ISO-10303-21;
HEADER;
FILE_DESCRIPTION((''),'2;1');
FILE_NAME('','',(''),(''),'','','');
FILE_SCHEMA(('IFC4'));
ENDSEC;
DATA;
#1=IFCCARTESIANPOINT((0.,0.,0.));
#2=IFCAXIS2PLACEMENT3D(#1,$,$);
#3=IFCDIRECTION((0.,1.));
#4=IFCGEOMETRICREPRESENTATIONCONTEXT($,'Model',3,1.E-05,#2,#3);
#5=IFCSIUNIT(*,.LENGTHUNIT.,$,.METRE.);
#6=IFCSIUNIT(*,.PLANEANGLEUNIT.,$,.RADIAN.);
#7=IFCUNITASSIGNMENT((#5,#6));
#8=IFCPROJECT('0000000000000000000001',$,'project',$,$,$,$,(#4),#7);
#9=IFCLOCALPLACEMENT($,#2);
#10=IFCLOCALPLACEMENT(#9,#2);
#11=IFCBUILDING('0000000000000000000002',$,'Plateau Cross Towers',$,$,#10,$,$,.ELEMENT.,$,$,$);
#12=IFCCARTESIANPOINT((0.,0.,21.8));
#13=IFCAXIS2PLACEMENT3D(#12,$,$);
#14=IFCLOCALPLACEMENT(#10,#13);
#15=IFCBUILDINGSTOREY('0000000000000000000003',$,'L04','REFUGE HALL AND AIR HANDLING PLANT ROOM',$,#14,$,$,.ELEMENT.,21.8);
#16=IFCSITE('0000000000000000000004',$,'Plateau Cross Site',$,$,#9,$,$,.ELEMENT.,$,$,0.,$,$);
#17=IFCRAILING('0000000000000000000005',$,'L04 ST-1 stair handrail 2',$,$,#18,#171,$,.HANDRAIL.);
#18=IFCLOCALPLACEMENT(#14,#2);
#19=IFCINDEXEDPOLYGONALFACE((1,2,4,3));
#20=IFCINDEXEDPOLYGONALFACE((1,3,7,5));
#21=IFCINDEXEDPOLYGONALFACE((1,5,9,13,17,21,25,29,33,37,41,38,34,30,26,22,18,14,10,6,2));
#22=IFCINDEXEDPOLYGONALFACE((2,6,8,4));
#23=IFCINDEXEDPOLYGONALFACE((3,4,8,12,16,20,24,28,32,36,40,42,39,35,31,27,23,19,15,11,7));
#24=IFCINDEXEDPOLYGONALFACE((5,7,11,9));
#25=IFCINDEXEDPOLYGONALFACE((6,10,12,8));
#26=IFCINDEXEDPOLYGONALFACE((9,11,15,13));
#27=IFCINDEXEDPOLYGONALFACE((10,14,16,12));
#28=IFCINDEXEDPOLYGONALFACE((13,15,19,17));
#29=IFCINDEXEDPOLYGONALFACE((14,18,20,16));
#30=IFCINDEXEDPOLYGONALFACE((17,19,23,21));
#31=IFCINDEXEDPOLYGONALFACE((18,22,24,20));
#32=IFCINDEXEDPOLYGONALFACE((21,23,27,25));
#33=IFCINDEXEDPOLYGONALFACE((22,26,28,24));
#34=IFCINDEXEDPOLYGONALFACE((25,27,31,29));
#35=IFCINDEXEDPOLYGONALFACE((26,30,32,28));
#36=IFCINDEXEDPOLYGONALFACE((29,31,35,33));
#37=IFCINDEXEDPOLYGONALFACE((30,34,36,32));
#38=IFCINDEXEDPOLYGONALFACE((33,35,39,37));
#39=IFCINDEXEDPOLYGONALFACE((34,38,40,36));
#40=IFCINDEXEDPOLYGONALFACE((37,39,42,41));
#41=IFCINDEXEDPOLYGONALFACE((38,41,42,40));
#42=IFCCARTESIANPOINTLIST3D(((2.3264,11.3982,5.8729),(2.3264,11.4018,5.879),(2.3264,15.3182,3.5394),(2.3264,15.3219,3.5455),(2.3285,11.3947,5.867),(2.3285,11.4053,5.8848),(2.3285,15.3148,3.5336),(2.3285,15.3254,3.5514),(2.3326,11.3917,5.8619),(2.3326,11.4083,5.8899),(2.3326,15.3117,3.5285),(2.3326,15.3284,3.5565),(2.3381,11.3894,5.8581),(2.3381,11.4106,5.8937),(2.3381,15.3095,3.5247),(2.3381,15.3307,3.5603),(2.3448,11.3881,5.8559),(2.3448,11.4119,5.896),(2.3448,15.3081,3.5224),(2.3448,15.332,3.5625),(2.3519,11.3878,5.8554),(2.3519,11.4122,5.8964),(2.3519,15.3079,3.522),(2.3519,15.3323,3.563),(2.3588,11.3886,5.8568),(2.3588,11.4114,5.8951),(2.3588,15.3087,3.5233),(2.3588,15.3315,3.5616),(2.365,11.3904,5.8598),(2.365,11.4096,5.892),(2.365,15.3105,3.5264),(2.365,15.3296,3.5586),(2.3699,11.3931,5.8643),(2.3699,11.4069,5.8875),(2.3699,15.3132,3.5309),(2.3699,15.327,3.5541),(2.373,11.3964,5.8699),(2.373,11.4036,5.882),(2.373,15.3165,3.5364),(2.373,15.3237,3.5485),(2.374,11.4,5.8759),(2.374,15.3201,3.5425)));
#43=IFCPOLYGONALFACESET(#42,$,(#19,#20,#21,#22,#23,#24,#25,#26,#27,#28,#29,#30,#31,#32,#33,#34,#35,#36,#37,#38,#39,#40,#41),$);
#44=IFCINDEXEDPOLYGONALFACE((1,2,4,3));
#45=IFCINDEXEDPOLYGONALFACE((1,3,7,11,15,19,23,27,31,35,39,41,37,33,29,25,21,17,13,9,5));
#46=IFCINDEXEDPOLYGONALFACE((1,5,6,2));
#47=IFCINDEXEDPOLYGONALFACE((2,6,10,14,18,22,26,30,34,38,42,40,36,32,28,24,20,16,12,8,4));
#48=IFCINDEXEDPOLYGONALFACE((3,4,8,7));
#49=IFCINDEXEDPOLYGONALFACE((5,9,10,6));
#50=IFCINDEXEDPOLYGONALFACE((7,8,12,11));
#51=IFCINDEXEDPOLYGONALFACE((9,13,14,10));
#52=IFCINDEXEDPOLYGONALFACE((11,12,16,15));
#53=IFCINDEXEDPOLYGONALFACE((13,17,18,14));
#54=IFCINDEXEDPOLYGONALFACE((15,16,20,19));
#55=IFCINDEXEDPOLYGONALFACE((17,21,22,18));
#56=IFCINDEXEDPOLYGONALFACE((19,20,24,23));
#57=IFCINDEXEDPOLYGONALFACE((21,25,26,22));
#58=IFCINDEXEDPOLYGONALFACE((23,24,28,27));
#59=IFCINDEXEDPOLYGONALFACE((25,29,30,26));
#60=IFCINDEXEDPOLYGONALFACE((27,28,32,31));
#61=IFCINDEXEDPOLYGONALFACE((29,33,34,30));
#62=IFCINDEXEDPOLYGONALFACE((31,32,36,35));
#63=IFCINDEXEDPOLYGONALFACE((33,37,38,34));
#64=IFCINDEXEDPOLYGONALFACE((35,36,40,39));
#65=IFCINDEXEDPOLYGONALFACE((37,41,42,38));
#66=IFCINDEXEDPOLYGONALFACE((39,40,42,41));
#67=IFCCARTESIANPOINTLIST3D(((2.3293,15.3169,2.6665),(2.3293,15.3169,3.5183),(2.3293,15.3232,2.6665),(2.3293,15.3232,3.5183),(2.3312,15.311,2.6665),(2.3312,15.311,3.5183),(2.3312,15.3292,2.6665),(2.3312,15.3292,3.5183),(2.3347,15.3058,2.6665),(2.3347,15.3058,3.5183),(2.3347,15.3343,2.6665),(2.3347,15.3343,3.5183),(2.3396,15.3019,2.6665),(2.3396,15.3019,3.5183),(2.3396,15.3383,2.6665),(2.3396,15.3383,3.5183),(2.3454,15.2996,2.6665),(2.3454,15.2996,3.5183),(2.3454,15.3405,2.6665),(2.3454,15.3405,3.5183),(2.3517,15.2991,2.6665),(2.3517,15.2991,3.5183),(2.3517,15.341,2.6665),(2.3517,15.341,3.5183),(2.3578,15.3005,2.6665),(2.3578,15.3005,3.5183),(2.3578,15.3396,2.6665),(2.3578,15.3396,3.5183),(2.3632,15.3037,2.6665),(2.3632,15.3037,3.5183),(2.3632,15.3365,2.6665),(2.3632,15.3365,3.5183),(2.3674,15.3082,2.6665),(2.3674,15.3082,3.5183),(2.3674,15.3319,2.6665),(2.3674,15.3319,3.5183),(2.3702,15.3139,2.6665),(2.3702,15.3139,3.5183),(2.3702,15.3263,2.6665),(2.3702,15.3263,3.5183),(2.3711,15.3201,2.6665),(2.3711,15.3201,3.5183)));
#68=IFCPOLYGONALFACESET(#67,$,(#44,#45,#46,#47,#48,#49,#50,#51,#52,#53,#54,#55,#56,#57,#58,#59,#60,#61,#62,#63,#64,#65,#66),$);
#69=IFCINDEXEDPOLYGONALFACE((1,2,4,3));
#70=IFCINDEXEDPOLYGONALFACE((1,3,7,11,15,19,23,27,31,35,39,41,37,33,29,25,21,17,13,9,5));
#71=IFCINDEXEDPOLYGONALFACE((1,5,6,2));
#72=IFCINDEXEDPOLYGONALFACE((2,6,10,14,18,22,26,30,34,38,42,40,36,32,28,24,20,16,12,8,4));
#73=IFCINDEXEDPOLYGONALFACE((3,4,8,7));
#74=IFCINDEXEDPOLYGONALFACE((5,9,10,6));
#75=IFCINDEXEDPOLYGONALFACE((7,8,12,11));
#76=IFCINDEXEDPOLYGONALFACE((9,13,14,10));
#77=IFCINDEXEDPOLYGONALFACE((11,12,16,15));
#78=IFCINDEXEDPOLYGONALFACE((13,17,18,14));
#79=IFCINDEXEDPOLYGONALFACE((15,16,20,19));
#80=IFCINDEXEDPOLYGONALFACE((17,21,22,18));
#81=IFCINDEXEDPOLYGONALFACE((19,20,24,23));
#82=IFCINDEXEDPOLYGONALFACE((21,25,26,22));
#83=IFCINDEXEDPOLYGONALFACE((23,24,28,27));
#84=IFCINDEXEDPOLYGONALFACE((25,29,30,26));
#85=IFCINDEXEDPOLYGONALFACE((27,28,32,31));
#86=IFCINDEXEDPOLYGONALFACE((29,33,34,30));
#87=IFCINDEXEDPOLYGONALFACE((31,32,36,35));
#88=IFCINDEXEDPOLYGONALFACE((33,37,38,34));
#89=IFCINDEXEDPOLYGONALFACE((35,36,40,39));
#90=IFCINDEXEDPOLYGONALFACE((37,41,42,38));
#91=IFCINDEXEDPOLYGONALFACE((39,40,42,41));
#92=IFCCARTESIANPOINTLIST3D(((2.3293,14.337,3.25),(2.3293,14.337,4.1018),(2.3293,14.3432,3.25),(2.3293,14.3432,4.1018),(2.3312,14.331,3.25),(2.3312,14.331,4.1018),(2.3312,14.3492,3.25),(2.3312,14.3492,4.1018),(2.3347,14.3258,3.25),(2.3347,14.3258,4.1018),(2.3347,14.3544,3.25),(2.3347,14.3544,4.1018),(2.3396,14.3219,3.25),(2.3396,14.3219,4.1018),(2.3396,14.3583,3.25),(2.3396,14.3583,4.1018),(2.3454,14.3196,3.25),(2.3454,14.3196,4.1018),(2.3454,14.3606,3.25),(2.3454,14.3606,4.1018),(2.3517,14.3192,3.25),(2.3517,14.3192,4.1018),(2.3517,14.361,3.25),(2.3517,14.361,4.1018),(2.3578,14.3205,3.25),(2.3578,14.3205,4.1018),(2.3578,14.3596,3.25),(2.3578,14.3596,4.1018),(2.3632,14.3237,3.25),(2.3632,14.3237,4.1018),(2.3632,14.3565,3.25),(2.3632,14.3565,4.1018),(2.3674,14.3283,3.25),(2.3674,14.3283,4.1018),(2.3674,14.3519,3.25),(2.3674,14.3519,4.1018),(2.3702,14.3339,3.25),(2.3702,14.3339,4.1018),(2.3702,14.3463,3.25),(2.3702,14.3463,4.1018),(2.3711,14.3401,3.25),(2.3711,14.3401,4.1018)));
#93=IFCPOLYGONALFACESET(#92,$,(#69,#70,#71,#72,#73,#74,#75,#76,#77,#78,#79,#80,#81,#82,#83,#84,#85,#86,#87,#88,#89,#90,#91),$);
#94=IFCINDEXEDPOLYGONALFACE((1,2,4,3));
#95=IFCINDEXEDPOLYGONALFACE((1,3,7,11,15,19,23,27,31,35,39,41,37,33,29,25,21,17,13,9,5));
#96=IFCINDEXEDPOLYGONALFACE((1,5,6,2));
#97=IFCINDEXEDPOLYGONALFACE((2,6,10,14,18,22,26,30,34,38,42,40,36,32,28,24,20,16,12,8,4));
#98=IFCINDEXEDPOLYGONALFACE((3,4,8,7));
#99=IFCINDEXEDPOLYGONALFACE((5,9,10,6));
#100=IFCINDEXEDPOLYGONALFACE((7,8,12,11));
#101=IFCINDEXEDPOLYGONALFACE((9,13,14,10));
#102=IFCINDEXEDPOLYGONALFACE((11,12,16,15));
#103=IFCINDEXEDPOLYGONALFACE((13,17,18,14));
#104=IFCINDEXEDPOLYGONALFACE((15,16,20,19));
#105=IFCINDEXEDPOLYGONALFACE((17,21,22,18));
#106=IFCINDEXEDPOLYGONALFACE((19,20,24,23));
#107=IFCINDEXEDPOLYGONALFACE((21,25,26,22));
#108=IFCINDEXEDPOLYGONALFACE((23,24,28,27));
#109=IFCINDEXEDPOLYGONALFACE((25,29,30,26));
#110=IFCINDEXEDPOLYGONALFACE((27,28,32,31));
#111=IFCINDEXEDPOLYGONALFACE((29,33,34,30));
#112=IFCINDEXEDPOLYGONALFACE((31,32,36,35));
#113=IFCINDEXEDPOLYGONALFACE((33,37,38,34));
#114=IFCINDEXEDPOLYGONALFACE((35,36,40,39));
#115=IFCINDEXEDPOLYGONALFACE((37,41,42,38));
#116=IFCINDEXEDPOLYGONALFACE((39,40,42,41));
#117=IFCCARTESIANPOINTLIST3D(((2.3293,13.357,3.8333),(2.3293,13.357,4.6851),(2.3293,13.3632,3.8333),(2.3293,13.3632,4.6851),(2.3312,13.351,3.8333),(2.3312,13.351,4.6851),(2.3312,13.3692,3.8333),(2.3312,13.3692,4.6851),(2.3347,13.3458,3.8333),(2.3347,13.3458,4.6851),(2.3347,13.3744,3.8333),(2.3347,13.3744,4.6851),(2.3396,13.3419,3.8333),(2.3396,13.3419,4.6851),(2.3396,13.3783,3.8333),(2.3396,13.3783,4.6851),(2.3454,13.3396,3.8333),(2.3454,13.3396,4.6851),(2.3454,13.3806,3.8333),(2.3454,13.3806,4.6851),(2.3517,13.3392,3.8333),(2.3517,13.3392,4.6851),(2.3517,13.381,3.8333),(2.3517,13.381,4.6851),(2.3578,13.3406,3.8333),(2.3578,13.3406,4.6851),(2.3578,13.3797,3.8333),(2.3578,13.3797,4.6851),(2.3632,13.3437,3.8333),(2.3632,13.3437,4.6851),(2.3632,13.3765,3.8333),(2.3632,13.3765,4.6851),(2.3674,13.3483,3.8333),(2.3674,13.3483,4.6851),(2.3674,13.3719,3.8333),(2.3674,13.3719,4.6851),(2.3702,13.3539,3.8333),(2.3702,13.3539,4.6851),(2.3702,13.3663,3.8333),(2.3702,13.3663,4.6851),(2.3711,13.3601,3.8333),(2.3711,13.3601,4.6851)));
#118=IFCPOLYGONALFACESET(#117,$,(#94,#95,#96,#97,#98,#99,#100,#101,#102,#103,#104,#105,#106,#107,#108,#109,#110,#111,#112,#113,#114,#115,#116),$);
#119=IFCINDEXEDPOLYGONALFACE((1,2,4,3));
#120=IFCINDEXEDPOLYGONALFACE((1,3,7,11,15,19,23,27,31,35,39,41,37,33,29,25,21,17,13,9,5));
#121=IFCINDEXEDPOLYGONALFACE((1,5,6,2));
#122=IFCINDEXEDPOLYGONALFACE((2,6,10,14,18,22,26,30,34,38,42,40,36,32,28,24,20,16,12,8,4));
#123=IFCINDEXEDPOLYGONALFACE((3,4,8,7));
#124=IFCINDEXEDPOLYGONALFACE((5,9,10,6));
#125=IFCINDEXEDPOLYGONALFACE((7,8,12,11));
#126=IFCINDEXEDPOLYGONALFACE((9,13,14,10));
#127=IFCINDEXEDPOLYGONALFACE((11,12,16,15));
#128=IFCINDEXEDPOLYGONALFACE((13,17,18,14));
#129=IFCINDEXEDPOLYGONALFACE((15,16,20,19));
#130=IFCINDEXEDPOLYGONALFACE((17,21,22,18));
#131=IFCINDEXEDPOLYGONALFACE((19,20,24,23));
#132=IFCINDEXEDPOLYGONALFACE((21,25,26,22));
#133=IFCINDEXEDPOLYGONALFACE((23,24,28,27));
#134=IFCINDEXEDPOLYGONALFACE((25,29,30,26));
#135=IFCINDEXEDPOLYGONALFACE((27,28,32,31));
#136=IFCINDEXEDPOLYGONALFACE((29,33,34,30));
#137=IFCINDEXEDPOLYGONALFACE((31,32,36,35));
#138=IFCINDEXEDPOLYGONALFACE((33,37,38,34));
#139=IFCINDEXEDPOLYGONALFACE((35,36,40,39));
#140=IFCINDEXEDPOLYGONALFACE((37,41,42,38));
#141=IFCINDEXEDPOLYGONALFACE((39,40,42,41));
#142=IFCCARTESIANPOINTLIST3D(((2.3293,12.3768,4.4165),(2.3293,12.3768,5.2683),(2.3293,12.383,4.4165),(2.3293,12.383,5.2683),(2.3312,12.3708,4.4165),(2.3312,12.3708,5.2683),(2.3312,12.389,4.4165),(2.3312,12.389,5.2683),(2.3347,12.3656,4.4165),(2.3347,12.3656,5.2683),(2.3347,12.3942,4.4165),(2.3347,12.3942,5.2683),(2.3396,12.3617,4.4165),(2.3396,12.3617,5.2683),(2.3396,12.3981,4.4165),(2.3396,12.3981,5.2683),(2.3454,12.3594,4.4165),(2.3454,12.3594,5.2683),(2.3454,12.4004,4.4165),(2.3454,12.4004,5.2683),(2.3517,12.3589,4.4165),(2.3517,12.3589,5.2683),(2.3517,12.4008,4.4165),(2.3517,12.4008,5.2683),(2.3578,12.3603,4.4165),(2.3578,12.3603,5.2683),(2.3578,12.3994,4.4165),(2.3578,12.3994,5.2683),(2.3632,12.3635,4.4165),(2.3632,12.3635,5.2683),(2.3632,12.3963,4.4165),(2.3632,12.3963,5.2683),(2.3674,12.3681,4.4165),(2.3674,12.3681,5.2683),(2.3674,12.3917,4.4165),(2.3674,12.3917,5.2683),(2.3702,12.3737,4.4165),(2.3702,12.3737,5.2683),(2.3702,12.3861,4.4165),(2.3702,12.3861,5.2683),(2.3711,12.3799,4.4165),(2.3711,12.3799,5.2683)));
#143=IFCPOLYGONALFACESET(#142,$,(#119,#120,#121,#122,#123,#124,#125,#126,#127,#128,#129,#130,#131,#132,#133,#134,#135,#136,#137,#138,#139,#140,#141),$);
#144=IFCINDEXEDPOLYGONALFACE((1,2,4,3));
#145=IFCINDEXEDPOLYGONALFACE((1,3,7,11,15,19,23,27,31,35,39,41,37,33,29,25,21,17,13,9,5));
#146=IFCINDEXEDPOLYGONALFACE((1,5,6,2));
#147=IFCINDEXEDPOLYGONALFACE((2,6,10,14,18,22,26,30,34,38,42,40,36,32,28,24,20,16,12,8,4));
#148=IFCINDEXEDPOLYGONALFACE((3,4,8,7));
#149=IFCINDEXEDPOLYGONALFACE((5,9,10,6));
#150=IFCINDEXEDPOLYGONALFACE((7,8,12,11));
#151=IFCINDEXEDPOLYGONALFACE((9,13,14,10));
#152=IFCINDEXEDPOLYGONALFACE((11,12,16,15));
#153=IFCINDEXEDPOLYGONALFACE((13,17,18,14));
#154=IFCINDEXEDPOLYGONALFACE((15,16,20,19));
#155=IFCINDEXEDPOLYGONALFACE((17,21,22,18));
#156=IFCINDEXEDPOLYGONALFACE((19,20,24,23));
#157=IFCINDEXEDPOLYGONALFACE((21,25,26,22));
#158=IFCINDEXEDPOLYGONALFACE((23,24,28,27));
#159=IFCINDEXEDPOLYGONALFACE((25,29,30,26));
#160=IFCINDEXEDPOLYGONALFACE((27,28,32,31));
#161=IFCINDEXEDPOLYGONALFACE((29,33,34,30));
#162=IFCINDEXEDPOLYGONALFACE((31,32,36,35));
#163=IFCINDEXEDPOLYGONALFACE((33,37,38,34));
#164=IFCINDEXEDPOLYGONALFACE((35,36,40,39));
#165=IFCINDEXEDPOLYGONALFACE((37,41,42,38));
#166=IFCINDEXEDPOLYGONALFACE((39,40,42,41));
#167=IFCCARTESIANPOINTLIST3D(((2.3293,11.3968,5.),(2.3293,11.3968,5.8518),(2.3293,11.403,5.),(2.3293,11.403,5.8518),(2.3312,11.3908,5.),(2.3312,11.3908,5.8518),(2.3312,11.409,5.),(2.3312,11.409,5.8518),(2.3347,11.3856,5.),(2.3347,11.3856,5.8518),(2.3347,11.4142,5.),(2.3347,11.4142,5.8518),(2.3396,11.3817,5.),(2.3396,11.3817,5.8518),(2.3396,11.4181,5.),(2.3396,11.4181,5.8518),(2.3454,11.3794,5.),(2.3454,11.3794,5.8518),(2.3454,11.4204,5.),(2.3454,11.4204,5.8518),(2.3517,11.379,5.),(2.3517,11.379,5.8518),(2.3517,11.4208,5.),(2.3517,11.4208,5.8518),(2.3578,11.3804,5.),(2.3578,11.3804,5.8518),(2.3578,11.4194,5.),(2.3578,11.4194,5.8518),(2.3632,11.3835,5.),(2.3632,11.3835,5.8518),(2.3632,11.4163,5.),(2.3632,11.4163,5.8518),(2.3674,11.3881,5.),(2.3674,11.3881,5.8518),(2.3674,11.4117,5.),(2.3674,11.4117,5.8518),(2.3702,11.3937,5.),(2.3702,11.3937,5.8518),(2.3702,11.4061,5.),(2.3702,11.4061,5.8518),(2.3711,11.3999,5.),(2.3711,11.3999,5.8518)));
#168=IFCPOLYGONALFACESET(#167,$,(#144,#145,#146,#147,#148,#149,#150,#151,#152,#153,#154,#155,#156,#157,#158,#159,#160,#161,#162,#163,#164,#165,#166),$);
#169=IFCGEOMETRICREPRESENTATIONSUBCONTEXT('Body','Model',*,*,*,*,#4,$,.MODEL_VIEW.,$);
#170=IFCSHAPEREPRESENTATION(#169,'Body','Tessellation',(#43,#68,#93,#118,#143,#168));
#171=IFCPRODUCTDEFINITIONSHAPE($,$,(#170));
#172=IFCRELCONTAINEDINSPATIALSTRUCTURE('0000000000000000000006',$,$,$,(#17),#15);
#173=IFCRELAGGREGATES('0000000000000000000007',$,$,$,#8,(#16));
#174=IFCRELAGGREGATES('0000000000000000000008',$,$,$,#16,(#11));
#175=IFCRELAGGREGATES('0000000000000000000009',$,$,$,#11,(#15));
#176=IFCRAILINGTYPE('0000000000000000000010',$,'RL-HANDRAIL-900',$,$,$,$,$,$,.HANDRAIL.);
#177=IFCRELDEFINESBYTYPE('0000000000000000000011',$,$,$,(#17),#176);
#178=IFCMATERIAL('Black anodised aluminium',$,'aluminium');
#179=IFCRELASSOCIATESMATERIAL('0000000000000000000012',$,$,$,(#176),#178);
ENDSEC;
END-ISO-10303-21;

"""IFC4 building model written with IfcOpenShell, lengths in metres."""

from ifc_helpers import new_model, si_unit, direction, frame, origin, origin_2d, place, context, subcontext, project, spatial, circle, extrude, material, type_object, element, save


model = new_model("IFC4")

# Units and contexts
model_context = context("Model", 3, precision=1e-05, world=origin(), true_north=direction((0.0, 1.0)))
body_context = subcontext(model_context, "Body", "Model", "MODEL_VIEW")
ifc_project = project(units=[si_unit("LENGTHUNIT", "METRE"), si_unit("PLANEANGLEUNIT", "RADIAN")], contexts=[model_context])

# Site, building, storey
site_placement = place(None, origin())
site = spatial("IfcSite", under=ifc_project, at=site_placement, Name="Plateau Cross Site", CompositionType="ELEMENT", RefElevation=0.0)
building_placement = place(site_placement, origin())
building = spatial("IfcBuilding", under=site, at=building_placement, Name="Plateau Cross Towers", CompositionType="ELEMENT")
storey_placement = place(building_placement, frame((0.0, 0.0, 21.8)))
storey = spatial("IfcBuildingStorey", under=building, at=storey_placement, Name="L04", Description="REFUGE HALL AND AIR HANDLING PLANT ROOM", CompositionType="ELEMENT", Elevation=21.8)

# Shared definitions
ifc_material_1 = material(Name="Black anodised aluminium", Category="aluminium")

# Railing
railing_type_1 = type_object("IfcRailingType", Name="RL-HANDRAIL-900", PredefinedType="HANDRAIL", material=ifc_material_1)
railing_1_placement = place(storey_placement, frame((2.3501, 15.3201, 2.6665)))
element("IfcRailing", 1, at=railing_1_placement, inside=storey, type_object=railing_type_1, Name="L04 ST-1 stair handrail 2", PredefinedType="HANDRAIL", context=body_context, shape_type="SweptSolid", body=[
    extrude(circle(Radius=0.0239, at=origin_2d()), frame((0.0, 0.0, 0.876), z_axis=(0.0, -0.859287, 0.511494), x_axis=(1.0, 0.0, 0.0)), (0.0, 0.0, 1.0), 4.562),
    extrude(circle(Radius=0.021, at=origin_2d()), origin(), (0.0, 0.0, 1.0), 0.8518),
    extrude(circle(Radius=0.021, at=origin_2d()), frame((0.0, -0.98, 0.5835)), (0.0, 0.0, 1.0), 0.8518),
    extrude(circle(Radius=0.021, at=origin_2d()), frame((0.0, -1.96, 1.1667)), (0.0, 0.0, 1.0), 0.8518),
    extrude(circle(Radius=0.021, at=origin_2d()), frame((0.0, -2.9402, 1.75)), (0.0, 0.0, 1.0), 0.8518),
    extrude(circle(Radius=0.021, at=origin_2d()), frame((0.0, -3.9202, 2.3335)), (0.0, 0.0, 1.0), 0.8518),
])

save(model, "model.ifc")
